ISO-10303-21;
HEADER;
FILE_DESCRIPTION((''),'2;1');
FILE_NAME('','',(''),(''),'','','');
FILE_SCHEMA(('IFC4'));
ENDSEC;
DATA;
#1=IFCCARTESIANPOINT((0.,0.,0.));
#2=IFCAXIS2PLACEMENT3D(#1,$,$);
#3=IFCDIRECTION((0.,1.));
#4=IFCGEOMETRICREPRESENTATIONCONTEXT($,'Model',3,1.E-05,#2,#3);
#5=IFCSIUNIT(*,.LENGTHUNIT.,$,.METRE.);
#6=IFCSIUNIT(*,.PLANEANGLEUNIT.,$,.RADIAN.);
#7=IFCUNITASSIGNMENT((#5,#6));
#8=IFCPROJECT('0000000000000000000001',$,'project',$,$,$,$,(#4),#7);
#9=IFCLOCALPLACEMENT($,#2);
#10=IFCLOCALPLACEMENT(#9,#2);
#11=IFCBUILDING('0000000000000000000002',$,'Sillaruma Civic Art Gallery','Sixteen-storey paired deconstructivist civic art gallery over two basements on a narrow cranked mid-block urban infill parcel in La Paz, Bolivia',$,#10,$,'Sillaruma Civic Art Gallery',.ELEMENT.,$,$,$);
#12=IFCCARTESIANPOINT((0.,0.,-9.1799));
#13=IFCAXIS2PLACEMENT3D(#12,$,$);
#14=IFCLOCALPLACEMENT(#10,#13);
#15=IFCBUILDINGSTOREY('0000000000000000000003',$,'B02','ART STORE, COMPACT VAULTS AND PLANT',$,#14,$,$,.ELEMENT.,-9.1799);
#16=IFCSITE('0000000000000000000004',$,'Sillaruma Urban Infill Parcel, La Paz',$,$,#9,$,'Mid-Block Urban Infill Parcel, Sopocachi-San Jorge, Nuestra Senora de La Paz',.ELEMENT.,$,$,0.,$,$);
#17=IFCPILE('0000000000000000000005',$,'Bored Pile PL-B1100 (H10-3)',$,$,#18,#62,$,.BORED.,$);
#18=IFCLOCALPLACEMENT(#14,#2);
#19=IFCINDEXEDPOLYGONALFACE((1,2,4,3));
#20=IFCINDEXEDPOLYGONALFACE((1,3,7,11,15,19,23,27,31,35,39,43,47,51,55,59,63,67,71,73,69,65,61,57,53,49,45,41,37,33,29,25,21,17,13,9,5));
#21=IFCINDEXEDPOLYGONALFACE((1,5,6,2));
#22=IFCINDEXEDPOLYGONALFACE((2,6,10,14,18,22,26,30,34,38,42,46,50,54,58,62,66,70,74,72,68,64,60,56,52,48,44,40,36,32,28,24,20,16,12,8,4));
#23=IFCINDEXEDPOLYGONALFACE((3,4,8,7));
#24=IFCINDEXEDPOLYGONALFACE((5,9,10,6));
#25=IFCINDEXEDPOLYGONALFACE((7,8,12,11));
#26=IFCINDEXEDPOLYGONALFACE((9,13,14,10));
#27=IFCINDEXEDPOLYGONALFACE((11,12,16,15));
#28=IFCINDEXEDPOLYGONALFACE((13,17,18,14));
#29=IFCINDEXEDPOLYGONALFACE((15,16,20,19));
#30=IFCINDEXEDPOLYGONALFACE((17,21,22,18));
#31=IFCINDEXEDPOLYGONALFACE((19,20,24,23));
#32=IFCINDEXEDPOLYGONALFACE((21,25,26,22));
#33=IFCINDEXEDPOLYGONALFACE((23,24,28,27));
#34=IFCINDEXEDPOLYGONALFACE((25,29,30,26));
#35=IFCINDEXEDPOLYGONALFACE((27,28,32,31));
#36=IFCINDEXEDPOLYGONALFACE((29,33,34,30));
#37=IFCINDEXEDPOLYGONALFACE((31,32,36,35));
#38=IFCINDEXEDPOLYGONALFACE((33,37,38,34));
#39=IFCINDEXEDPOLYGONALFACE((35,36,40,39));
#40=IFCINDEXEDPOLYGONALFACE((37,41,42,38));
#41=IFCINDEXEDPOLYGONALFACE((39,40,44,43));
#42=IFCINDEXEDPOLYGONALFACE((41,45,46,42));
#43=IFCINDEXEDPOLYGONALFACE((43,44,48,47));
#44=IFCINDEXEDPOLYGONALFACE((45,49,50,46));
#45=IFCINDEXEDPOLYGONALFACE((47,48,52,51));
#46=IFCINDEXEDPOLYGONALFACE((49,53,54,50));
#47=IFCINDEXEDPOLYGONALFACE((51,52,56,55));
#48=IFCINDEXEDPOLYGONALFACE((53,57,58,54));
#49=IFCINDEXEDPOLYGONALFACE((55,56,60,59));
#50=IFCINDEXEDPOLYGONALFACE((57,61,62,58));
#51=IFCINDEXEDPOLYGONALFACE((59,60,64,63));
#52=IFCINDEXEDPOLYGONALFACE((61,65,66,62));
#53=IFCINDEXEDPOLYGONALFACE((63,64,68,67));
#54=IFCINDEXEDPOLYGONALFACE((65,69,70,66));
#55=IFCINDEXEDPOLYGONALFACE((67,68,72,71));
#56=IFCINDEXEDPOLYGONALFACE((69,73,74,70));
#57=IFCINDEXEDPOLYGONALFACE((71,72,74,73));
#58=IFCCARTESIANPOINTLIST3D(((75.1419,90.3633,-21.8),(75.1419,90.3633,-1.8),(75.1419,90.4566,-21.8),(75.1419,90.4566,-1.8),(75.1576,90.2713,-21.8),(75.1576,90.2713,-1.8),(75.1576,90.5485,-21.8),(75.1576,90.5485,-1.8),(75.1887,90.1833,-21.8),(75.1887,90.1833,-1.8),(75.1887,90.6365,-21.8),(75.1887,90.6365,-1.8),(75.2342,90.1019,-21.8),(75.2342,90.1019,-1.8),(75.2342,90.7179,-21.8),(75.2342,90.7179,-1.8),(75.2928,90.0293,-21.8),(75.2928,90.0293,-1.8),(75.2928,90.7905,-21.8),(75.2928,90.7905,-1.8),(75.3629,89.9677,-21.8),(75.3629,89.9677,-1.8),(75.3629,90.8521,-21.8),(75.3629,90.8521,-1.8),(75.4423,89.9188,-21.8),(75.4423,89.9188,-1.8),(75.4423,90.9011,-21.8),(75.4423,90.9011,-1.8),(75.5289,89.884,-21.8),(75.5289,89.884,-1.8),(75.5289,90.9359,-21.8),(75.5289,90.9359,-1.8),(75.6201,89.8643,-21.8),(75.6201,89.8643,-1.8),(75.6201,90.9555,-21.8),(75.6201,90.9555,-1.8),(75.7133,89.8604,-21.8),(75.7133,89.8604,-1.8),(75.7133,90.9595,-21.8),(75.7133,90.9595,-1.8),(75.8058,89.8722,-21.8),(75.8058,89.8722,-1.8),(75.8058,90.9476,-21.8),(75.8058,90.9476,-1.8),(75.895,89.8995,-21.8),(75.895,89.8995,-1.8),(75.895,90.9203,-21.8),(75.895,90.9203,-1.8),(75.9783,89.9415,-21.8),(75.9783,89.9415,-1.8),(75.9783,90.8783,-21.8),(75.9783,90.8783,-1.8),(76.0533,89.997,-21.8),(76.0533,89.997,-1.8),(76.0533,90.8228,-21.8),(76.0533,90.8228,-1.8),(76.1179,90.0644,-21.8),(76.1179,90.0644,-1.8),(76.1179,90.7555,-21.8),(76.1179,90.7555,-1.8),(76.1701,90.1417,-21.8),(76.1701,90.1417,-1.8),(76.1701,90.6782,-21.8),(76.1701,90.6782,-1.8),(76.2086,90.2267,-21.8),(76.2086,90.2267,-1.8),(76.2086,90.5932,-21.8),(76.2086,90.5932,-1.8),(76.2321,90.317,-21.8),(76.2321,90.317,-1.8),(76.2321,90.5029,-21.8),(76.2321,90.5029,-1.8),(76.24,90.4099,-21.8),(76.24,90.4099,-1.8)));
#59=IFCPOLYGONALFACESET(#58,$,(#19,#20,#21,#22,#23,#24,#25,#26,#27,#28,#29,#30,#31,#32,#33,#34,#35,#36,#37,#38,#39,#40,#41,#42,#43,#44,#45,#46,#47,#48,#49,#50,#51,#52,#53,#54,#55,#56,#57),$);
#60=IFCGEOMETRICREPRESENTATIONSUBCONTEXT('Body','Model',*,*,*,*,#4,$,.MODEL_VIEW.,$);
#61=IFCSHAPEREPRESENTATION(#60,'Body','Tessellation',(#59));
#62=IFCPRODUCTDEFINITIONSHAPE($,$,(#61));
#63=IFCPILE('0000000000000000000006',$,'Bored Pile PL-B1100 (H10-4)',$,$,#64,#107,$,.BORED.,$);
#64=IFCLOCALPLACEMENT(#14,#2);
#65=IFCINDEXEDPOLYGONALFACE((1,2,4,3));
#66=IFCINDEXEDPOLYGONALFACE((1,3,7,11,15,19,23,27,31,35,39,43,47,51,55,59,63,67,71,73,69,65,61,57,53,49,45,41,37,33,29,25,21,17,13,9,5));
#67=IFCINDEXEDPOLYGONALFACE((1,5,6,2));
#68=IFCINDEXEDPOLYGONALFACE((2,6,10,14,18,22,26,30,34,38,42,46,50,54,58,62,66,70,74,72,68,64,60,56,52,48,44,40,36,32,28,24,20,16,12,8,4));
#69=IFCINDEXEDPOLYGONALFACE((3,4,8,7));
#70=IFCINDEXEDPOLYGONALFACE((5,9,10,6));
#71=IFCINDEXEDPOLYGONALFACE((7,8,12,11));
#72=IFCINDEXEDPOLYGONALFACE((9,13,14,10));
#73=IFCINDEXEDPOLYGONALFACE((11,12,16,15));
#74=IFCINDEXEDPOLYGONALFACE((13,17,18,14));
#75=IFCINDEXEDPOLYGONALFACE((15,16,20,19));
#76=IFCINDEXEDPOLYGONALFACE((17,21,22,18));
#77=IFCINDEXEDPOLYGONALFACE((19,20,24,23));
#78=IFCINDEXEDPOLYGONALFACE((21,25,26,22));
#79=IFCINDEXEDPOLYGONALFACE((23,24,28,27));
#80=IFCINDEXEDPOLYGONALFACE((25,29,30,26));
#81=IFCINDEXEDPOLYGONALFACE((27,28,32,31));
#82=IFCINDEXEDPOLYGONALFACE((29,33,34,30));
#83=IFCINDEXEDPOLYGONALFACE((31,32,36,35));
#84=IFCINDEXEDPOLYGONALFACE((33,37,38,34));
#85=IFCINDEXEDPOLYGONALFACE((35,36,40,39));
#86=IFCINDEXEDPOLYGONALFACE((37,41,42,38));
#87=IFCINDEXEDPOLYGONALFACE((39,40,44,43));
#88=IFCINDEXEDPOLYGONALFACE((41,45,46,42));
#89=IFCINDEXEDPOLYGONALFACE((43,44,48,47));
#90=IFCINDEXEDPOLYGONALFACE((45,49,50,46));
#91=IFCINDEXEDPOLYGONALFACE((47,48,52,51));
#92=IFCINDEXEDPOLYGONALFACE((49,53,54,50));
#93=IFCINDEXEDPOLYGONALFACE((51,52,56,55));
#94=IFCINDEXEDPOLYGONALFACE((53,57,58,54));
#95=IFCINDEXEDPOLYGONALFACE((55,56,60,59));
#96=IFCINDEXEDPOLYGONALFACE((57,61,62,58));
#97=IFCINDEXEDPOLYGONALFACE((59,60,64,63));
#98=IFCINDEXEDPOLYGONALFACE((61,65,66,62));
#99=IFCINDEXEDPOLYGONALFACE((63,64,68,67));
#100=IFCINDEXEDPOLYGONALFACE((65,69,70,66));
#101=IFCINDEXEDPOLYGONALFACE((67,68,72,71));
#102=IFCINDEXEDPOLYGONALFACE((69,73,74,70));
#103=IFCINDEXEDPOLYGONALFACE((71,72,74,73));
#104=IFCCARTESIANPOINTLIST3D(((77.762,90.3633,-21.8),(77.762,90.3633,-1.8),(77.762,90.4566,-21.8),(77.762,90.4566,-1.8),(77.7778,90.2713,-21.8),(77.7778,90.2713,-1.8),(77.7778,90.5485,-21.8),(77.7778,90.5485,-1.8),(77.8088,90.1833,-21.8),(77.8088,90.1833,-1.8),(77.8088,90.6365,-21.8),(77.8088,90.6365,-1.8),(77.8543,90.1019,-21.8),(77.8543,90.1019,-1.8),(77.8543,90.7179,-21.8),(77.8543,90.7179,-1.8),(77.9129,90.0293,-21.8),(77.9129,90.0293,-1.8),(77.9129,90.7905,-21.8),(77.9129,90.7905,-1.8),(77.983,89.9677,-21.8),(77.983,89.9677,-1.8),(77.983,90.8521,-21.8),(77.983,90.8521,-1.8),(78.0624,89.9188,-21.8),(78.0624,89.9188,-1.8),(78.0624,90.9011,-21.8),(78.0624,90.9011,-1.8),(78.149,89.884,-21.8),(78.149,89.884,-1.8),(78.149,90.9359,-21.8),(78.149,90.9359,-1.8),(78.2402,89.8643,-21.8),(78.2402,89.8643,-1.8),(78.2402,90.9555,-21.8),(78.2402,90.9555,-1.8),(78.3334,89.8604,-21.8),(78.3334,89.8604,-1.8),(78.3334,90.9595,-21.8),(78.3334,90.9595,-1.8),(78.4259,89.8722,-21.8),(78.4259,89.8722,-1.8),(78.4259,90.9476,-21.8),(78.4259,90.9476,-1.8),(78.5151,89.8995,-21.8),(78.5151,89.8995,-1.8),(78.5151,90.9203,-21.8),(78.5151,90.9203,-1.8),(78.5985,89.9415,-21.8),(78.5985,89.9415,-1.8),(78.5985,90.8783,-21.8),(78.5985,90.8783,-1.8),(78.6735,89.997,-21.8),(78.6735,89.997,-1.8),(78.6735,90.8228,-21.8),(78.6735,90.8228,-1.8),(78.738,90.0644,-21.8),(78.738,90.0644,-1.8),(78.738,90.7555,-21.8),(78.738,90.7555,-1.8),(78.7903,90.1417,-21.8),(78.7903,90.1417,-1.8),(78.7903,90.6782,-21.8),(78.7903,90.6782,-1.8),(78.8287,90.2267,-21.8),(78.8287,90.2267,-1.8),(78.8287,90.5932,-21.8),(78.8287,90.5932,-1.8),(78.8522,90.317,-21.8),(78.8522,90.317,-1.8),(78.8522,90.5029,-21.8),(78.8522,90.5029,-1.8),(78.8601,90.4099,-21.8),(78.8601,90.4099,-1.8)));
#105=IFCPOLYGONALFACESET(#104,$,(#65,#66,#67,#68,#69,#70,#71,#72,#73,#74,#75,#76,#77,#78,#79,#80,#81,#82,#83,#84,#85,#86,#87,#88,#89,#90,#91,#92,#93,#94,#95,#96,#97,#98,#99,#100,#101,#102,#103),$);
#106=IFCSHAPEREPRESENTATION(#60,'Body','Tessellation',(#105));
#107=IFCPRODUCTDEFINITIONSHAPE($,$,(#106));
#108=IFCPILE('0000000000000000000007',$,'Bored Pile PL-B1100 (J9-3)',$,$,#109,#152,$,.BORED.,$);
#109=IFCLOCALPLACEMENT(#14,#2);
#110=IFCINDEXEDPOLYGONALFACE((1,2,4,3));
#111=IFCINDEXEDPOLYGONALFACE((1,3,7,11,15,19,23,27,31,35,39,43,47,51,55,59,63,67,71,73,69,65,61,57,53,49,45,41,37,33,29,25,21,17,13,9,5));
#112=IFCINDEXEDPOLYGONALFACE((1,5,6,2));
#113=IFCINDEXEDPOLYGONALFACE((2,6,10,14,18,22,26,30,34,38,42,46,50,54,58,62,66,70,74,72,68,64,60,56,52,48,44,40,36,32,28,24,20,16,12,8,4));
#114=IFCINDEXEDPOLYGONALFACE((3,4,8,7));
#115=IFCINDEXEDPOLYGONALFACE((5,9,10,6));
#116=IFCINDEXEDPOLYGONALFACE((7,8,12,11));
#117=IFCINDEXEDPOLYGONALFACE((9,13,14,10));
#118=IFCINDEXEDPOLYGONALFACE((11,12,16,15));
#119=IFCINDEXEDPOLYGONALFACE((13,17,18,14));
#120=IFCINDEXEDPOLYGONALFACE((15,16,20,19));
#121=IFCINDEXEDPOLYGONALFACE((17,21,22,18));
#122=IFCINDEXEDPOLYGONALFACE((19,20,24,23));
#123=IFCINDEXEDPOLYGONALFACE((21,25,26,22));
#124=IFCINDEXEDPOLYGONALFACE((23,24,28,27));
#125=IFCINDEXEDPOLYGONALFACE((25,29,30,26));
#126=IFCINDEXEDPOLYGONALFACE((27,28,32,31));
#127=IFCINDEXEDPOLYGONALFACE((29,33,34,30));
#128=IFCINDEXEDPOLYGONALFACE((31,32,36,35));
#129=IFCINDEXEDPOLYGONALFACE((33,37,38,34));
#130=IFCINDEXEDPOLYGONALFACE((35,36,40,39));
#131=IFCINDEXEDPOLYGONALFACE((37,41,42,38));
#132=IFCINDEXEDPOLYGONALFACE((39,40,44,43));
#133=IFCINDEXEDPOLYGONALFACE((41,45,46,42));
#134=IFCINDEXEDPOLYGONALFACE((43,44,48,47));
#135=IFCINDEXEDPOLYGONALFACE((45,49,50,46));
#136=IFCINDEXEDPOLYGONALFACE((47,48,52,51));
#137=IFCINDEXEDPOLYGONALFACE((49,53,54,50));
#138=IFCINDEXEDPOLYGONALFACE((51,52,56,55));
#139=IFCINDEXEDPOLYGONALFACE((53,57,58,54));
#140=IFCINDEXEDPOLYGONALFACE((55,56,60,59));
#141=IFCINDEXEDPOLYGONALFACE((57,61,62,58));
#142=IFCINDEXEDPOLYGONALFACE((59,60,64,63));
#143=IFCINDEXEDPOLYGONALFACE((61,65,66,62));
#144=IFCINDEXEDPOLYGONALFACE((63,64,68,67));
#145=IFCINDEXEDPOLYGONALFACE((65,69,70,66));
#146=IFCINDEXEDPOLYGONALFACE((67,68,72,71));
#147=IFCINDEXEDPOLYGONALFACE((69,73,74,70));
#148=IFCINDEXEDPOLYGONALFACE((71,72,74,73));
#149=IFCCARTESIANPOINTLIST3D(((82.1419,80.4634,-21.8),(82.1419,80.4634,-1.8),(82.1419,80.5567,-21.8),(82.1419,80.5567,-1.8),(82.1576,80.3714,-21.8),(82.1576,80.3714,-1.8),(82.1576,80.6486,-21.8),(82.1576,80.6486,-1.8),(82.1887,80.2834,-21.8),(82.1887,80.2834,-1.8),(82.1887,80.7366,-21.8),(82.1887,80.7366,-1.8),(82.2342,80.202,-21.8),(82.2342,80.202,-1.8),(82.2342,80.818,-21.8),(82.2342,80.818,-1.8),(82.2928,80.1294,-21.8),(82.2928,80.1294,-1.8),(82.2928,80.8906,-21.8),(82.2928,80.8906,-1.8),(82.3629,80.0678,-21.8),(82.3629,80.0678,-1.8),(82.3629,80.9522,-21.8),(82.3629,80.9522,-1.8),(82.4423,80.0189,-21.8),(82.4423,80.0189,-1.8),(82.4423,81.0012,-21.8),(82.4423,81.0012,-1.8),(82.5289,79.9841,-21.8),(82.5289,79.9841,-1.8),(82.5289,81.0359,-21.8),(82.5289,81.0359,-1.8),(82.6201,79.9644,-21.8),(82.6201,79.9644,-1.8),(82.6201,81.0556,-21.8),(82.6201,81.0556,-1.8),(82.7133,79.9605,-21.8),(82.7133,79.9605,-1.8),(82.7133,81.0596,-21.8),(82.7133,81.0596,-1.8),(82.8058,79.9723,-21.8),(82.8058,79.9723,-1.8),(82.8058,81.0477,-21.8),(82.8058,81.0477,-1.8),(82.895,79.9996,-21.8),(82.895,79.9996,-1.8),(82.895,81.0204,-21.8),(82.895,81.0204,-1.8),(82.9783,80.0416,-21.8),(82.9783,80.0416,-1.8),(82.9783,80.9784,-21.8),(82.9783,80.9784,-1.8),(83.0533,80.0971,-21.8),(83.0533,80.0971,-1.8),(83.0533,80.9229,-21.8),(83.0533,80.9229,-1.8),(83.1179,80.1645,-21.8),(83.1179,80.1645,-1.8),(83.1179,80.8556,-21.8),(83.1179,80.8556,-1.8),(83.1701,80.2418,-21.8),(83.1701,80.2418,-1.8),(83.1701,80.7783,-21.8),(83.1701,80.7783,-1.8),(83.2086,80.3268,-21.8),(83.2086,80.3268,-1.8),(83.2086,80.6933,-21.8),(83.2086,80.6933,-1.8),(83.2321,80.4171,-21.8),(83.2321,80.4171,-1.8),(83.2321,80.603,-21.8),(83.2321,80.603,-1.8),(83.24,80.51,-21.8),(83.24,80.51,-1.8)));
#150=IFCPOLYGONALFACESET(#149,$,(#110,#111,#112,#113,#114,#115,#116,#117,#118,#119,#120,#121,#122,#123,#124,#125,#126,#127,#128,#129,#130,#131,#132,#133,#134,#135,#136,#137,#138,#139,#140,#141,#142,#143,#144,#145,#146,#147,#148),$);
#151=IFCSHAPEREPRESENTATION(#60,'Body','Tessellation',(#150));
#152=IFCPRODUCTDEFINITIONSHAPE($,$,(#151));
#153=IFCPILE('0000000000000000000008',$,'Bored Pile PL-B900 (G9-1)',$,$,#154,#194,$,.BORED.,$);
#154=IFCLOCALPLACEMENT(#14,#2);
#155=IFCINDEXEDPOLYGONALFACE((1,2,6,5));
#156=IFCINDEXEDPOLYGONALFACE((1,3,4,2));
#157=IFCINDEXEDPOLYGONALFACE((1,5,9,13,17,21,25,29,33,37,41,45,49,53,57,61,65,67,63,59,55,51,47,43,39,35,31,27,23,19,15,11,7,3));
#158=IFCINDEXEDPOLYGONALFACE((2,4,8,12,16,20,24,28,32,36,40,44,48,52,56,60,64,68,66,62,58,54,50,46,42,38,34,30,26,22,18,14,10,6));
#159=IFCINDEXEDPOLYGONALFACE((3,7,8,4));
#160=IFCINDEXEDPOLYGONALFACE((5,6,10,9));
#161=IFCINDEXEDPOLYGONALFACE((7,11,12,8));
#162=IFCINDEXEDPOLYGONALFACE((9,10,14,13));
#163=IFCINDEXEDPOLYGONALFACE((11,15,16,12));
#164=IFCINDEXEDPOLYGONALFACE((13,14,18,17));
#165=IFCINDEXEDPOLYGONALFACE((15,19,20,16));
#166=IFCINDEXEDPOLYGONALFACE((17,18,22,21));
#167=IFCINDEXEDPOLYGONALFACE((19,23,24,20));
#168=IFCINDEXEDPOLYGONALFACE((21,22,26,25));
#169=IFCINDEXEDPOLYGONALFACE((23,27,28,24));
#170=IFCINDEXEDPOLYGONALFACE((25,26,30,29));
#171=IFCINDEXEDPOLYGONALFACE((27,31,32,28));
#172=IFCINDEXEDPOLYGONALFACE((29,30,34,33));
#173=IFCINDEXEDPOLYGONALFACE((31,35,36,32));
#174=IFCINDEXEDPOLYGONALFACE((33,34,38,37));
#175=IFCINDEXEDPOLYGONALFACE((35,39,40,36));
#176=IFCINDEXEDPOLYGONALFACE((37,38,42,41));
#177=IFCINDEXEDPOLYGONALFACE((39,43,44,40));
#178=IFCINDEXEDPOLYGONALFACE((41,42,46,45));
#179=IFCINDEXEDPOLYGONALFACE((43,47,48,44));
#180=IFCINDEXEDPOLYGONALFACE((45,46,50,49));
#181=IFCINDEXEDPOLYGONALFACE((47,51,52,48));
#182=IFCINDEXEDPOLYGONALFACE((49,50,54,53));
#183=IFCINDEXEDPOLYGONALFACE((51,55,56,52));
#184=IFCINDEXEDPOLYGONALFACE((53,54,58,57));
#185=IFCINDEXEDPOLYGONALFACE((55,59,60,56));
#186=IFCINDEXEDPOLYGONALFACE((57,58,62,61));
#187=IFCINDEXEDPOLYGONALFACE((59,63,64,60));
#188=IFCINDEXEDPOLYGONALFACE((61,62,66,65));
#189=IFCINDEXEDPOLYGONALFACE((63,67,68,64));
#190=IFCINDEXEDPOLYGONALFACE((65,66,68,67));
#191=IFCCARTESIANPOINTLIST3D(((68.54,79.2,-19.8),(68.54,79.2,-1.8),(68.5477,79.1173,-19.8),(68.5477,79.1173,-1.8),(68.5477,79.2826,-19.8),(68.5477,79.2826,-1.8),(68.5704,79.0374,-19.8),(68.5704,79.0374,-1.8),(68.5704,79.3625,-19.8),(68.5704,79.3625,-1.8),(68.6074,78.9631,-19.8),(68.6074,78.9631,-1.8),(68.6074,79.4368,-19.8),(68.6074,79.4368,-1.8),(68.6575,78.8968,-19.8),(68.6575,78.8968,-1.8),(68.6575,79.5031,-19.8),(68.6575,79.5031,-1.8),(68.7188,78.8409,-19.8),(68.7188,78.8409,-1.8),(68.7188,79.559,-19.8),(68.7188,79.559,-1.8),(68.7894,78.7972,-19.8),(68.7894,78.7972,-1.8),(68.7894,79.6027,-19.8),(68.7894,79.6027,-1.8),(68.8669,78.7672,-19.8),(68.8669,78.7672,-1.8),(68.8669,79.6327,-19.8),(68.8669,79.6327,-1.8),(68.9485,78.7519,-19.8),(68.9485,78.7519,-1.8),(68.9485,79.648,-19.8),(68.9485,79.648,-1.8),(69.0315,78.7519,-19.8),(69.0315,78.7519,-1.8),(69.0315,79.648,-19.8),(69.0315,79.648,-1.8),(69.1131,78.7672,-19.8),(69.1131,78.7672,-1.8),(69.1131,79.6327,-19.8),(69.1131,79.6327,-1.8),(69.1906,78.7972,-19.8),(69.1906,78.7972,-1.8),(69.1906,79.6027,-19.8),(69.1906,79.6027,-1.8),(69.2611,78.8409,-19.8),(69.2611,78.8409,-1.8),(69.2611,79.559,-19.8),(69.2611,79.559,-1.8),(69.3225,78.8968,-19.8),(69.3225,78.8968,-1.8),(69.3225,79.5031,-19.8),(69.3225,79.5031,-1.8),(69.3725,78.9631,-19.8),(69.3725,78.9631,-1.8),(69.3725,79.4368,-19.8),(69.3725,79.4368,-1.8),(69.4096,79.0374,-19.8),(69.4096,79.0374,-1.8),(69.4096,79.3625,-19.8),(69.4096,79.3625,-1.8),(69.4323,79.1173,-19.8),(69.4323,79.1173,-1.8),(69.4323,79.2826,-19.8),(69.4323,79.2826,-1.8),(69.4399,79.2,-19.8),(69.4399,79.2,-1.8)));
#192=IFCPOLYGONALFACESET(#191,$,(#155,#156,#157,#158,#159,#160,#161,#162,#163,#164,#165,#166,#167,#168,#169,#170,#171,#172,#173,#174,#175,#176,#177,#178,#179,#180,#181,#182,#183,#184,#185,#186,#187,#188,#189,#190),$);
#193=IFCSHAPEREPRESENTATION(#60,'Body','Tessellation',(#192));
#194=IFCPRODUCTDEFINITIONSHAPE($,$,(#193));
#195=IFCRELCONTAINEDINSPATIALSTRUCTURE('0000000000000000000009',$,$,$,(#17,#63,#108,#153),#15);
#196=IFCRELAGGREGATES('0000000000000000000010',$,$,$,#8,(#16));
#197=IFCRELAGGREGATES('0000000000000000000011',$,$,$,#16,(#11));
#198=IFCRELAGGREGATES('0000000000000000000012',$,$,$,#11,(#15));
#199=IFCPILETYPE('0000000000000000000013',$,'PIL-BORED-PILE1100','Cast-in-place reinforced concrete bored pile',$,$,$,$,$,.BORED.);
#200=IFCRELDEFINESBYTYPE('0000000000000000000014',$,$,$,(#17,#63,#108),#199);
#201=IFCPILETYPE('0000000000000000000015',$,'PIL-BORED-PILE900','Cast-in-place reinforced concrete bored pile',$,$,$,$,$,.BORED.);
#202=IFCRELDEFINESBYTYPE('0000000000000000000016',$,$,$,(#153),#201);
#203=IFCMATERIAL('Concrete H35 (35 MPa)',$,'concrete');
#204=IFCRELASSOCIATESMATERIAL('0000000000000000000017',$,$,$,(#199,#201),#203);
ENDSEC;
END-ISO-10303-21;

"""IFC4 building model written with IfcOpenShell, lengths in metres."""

from ifc_helpers import new_model, si_unit, direction, frame, origin, origin_2d, place, context, subcontext, project, spatial, circle, extrude, material, material_profile, profile_set, type_object, element, save


model = new_model("IFC4")

# Units and contexts
model_context = context("Model", 3, precision=1e-05, world=origin(), true_north=direction((0.0, 1.0)))
body_context = subcontext(model_context, "Body", "Model", "MODEL_VIEW")
ifc_project = project(units=[si_unit("LENGTHUNIT", "METRE"), si_unit("PLANEANGLEUNIT", "RADIAN")], contexts=[model_context])

# Site, building, storey
site_placement = place(None, origin())
site = spatial("IfcSite", under=ifc_project, at=site_placement, Name="Sillaruma Urban Infill Parcel, La Paz", LongName="Mid-Block Urban Infill Parcel, Sopocachi-San Jorge, Nuestra Senora de La Paz", CompositionType="ELEMENT", RefElevation=0.0)
building_placement = place(site_placement, origin())
building = spatial("IfcBuilding", under=site, at=building_placement, Name="Sillaruma Civic Art Gallery", Description="Sixteen-storey paired deconstructivist civic art gallery over two basements on a narrow cranked mid-block urban infill parcel in La Paz, Bolivia", LongName="Sillaruma Civic Art Gallery", CompositionType="ELEMENT")
storey_placement = place(building_placement, frame((0.0, 0.0, -9.1799)))
storey = spatial("IfcBuildingStorey", under=building, at=storey_placement, Name="B02", Description="ART STORE, COMPACT VAULTS AND PLANT", CompositionType="ELEMENT", Elevation=-9.1799)

# Shared definitions
ifc_material_1 = material(Name="Concrete H35 (35 MPa)", Category="concrete")

# Piles
ifc_material_profile_1 = material_profile(ifc_material_1, circle(Radius=0.55, at=origin_2d()), Name="PILE1100")
ifc_profile_set_1 = profile_set([ifc_material_profile_1], Name="Concrete H35 (35 MPa)")
pile_type_1 = type_object("IfcPileType", Name="PIL-BORED-PILE1100", Description="Cast-in-place reinforced concrete bored pile", PredefinedType="BORED", material=ifc_profile_set_1)
for number, where, z_axis, x_axis, name in (
    (1, (75.6899, 90.4099, -1.8), (0.0, 0.0, -1.0), (1.0, 0.0, 0.0), "Bored Pile PL-B1100 (H10-3)"),
    (2, (78.3101, 90.4099, -1.8), (0.0, 0.0, -1.0), (1.0, 0.0, 0.0), "Bored Pile PL-B1100 (H10-4)"),
    (3, (82.6899, 80.51, -1.8), (0.0, 0.0, -1.0), (1.0, 0.0, 0.0), "Bored Pile PL-B1100 (J9-3)"),
):
    element("IfcPile", number, at=place(storey_placement, frame(where, z_axis=z_axis, x_axis=x_axis)), inside=storey, type_object=pile_type_1, Name=name, PredefinedType="BORED", context=body_context, shape_type="SweptSolid", body=[
        extrude(circle(Radius=0.55, at=origin_2d()), origin(), (0.0, 0.0, 1.0), 20.0),
    ])
ifc_material_profile_2 = material_profile(ifc_material_1, circle(Radius=0.45, at=origin_2d()), Name="PILE900")
ifc_profile_set_2 = profile_set([ifc_material_profile_2], Name="Concrete H35 (35 MPa)")
pile_type_2 = type_object("IfcPileType", Name="PIL-BORED-PILE900", Description="Cast-in-place reinforced concrete bored pile", PredefinedType="BORED", material=ifc_profile_set_2)
for number, where, z_axis, x_axis, name in (
    (4, (68.99, 79.2, -1.8), (0.0, 0.0, -1.0), (1.0, 0.0, 0.0), "Bored Pile PL-B900 (G9-1)"),
):
    element("IfcPile", number, at=place(storey_placement, frame(where, z_axis=z_axis, x_axis=x_axis)), inside=storey, type_object=pile_type_2, Name=name, PredefinedType="BORED", context=body_context, shape_type="SweptSolid", body=[
        extrude(circle(Radius=0.45, at=origin_2d()), origin(), (0.0, 0.0, 1.0), 18.0),
    ])

save(model, "model.ifc")
